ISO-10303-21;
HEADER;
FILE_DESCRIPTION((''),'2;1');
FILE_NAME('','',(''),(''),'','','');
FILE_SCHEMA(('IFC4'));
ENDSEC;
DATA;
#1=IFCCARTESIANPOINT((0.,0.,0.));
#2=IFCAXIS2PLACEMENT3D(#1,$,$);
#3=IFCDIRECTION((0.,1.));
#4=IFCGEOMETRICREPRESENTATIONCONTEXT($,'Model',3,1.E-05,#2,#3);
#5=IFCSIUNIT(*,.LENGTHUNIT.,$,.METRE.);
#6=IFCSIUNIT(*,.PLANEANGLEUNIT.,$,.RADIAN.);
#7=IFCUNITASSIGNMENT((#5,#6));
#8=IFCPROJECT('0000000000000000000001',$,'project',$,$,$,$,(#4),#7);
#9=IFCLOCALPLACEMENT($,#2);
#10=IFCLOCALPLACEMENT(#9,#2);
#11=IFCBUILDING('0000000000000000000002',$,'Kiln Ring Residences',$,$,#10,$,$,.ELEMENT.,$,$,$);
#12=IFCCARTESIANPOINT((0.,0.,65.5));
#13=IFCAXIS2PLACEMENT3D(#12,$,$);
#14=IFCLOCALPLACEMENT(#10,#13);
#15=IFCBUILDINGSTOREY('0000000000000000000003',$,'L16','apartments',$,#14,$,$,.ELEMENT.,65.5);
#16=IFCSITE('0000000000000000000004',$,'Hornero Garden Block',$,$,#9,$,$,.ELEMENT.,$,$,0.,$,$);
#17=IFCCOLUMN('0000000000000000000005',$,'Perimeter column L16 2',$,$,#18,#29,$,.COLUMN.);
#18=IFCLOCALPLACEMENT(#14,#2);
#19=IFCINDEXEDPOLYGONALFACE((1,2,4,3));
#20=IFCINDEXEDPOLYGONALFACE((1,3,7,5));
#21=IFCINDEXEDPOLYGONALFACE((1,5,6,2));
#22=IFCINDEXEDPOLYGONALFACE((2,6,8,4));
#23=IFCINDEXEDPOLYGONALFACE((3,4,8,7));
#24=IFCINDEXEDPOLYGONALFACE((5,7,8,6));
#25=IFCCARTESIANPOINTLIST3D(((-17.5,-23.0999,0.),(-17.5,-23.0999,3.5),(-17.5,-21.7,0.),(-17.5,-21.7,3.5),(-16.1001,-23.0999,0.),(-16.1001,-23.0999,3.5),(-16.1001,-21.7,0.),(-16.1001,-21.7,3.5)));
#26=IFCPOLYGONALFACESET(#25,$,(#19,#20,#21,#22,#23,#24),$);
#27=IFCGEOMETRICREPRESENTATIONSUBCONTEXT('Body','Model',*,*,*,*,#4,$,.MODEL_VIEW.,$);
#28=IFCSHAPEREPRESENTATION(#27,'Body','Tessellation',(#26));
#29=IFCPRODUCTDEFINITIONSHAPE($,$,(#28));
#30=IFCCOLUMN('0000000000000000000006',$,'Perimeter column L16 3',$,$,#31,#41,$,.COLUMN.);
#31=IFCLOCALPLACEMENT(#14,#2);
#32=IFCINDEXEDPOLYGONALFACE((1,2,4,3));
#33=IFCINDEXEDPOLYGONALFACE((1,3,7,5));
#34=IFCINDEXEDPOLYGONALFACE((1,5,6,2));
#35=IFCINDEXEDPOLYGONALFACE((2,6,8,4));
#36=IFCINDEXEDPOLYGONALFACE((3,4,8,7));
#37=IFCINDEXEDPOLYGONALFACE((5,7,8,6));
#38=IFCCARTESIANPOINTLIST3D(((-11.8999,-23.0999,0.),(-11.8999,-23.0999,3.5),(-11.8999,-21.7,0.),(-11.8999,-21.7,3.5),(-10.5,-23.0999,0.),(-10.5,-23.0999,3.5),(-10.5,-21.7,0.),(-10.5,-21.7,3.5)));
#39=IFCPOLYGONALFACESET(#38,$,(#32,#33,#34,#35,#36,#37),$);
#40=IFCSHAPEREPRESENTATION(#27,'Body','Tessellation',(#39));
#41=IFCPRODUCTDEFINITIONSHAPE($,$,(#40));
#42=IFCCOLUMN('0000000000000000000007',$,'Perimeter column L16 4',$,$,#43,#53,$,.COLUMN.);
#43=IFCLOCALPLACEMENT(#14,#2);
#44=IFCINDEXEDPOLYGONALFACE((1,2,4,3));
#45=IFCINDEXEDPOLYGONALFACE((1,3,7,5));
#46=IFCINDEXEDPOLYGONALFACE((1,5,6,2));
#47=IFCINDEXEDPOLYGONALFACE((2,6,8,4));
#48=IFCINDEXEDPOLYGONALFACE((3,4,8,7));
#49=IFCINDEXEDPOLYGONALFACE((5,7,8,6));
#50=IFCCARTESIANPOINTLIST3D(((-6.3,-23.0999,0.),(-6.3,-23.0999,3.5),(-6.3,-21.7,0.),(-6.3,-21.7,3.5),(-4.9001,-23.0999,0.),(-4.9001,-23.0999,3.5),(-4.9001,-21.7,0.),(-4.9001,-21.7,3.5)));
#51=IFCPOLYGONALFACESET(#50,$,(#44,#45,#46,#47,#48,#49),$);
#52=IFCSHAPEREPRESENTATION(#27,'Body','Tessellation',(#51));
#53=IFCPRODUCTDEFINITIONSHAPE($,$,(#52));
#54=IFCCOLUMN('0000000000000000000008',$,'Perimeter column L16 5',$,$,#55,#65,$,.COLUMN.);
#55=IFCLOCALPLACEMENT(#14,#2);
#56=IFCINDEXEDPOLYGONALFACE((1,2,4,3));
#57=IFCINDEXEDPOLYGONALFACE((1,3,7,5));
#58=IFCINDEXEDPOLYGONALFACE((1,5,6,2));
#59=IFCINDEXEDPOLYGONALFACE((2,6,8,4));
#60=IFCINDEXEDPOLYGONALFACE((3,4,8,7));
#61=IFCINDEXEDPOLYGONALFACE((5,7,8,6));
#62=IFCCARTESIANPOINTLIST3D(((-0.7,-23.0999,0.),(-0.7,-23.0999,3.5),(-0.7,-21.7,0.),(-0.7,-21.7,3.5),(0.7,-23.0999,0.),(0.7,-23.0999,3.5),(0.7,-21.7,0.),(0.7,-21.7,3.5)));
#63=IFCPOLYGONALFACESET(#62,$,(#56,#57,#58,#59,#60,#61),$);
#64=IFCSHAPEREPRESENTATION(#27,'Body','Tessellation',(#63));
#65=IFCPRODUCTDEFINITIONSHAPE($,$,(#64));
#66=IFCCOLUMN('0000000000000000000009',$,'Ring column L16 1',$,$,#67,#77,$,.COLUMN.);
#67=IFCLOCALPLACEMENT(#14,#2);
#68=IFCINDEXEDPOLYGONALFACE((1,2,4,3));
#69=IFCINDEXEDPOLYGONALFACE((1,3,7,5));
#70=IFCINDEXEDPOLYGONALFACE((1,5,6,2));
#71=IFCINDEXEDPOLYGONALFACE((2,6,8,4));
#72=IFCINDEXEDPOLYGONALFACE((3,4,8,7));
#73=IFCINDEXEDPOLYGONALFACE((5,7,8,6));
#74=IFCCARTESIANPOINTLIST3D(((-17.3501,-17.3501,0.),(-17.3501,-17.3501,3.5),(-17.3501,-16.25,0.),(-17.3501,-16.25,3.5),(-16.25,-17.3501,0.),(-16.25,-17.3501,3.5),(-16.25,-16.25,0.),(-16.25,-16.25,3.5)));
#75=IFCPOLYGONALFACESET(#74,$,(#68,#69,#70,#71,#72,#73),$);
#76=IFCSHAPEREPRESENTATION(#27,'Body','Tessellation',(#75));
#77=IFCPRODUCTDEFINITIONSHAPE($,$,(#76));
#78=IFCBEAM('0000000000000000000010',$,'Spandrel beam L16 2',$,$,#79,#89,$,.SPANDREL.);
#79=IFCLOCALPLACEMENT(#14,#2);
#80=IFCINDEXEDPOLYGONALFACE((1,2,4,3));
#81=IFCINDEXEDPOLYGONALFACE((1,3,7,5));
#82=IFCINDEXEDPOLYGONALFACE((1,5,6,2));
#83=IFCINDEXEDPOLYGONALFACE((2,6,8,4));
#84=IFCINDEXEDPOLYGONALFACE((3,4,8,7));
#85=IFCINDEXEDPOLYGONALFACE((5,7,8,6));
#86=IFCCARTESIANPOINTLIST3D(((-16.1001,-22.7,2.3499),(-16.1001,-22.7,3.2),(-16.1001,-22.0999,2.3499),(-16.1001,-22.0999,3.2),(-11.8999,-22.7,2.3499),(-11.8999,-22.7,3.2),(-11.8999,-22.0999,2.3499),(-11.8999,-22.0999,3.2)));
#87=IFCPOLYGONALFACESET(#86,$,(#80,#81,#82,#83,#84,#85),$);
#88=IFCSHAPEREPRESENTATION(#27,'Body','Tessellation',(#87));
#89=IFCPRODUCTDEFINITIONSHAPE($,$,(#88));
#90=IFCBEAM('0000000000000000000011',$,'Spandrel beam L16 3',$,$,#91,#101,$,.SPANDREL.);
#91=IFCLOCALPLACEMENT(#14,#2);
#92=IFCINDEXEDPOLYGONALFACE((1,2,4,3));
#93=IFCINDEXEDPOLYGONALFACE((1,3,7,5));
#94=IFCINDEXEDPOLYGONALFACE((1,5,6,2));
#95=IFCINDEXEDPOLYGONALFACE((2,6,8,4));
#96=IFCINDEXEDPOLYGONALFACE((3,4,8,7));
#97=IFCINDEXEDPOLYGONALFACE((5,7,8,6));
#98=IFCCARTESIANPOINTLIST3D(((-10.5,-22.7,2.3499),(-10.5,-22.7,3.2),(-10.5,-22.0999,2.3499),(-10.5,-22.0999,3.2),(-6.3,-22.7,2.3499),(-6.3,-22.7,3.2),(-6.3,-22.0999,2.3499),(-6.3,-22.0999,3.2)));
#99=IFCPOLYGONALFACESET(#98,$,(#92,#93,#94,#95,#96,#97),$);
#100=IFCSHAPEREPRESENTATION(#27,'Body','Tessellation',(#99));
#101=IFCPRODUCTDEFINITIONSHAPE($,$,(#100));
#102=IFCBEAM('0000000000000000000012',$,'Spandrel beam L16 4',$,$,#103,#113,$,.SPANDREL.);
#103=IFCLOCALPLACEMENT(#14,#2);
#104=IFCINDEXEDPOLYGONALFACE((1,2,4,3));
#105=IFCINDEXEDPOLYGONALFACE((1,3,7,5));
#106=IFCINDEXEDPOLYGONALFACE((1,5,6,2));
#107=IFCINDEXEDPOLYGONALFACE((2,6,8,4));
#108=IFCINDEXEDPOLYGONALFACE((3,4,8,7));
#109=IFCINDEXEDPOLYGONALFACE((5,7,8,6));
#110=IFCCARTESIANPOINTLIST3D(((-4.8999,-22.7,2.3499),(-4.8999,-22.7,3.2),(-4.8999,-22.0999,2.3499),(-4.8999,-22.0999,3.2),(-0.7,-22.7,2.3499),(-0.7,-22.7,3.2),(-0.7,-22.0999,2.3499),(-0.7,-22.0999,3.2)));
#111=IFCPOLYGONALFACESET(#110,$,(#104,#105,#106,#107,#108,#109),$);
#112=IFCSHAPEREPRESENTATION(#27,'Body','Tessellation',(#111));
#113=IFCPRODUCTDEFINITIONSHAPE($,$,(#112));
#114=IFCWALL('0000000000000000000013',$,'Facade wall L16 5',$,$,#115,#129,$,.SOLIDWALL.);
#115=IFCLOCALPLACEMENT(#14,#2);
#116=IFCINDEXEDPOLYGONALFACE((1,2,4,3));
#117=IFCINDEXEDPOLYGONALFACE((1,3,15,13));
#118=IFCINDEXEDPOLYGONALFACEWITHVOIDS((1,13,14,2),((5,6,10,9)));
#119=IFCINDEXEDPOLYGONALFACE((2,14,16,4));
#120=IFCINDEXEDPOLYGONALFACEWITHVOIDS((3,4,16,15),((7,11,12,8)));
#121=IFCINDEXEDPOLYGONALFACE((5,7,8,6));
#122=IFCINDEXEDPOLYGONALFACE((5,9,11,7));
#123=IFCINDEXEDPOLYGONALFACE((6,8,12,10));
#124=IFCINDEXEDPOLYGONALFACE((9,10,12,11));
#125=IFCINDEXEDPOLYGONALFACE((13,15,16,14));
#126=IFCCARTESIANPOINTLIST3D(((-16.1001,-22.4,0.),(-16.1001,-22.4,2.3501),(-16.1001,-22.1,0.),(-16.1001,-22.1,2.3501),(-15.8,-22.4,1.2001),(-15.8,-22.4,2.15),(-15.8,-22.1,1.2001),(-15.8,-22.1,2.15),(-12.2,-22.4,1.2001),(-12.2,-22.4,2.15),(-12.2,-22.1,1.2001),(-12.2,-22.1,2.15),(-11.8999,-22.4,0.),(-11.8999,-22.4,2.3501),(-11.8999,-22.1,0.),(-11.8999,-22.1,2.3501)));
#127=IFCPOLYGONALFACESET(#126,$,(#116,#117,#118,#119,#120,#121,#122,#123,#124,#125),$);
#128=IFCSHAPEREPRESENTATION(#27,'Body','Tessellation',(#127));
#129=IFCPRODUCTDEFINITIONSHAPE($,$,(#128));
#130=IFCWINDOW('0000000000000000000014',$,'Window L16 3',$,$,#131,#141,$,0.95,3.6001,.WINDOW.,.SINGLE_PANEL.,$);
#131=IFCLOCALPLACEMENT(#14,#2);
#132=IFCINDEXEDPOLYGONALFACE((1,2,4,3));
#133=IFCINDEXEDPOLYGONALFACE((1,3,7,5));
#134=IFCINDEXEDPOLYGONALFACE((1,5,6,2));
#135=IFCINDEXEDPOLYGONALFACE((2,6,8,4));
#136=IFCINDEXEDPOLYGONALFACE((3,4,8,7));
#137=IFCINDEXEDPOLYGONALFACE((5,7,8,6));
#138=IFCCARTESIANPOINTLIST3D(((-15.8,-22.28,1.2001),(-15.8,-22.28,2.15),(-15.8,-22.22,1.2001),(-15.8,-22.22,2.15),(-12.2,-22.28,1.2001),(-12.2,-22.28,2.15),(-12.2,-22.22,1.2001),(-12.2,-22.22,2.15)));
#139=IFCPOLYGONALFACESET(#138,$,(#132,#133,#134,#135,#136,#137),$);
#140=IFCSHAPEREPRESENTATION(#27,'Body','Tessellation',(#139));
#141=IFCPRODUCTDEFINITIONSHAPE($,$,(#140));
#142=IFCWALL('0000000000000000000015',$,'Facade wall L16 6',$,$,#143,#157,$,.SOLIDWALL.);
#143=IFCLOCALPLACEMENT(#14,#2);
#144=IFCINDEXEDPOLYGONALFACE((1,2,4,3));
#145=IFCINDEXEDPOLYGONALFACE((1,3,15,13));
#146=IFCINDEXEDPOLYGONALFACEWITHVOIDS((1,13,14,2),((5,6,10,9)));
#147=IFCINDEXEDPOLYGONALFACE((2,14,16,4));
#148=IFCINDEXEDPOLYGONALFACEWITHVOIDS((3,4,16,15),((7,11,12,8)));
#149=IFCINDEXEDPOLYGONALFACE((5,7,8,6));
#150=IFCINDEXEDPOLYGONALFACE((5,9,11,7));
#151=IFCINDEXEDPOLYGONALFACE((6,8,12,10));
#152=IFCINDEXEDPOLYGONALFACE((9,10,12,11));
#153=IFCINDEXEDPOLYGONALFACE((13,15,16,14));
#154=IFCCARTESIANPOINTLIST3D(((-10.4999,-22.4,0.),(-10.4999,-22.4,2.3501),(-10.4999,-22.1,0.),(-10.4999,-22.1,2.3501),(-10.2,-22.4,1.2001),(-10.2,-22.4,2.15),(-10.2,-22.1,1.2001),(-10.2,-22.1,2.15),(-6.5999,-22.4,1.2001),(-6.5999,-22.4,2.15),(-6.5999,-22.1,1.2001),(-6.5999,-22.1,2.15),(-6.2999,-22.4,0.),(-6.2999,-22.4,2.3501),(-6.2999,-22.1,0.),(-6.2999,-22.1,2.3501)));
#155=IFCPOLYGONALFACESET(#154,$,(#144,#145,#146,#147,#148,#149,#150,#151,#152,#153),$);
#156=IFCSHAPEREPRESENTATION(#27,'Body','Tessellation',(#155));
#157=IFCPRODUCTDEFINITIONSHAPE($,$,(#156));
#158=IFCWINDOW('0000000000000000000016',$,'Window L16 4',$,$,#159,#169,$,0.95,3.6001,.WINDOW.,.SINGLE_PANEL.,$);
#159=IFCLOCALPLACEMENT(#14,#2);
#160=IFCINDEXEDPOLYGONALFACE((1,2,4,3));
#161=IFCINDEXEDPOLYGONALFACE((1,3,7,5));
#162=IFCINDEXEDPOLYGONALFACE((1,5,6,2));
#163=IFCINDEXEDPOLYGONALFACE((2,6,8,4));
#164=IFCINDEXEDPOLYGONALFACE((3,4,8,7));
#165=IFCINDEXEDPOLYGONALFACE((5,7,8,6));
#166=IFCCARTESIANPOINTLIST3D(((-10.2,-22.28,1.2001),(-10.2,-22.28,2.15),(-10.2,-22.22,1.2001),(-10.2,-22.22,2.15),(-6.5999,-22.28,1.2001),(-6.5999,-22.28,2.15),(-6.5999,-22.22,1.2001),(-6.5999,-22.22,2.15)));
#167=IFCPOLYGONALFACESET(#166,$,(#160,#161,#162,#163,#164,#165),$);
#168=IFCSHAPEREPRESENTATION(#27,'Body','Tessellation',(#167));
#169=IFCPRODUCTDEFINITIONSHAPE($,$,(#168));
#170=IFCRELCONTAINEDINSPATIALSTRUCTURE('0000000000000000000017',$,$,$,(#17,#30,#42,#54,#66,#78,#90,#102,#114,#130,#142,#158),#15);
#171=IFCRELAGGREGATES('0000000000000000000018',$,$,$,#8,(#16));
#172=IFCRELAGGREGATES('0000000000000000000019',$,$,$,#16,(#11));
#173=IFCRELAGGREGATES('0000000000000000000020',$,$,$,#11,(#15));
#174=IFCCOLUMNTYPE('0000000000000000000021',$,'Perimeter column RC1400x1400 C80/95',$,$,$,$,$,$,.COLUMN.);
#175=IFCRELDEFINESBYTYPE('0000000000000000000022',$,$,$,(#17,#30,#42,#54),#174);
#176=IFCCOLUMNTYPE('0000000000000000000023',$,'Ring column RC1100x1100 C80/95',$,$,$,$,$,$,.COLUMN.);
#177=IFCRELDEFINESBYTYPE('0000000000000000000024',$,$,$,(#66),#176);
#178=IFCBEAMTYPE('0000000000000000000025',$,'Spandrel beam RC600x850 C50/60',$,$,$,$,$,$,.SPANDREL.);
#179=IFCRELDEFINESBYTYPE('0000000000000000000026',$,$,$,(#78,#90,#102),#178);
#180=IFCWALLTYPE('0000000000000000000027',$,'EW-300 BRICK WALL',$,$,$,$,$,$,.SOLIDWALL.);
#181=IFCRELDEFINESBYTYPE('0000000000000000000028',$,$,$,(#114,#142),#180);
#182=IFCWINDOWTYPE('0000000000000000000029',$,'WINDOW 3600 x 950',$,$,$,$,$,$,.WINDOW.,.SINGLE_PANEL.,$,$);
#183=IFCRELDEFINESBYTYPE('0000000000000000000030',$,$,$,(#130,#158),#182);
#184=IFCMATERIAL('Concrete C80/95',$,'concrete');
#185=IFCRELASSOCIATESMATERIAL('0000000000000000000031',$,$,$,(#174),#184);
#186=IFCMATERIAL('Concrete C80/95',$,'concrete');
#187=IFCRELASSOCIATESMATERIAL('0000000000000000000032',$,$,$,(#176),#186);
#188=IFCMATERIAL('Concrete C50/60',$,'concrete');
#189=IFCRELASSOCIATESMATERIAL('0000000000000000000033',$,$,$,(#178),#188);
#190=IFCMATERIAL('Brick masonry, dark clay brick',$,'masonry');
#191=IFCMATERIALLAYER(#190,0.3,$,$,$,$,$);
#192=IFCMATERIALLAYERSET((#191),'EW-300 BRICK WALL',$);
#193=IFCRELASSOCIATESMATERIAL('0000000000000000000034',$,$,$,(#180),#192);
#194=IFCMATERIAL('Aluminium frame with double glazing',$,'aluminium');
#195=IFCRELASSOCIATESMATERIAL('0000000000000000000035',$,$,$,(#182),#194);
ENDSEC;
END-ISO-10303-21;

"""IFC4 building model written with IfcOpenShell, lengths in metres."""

from ifc_helpers import new_model, si_unit, direction, frame, frame_2d, origin, origin_2d, place, context, subcontext, project, spatial, rectangle, extrude, material, layer, layer_set, material_profile, profile_set, type_object, element, fill, save


model = new_model("IFC4")

# Units and contexts
model_context = context("Model", 3, precision=1e-05, world=origin(), true_north=direction((0.0, 1.0)))
body_context = subcontext(model_context, "Body", "Model", "MODEL_VIEW")
ifc_project = project(units=[si_unit("LENGTHUNIT", "METRE"), si_unit("PLANEANGLEUNIT", "RADIAN")], contexts=[model_context])

# Site, building, storey
site_placement = place(None, origin())
site = spatial("IfcSite", under=ifc_project, at=site_placement, Name="Hornero Garden Block", CompositionType="ELEMENT", RefElevation=0.0)
building_placement = place(site_placement, origin())
building = spatial("IfcBuilding", under=site, at=building_placement, Name="Kiln Ring Residences", CompositionType="ELEMENT")
storey_placement = place(building_placement, frame((0.0, 0.0, 65.5)))
storey = spatial("IfcBuildingStorey", under=building, at=storey_placement, Name="L16", Description="apartments", CompositionType="ELEMENT", Elevation=65.5)

# Columns
ifc_material_1 = material(Name="Concrete C80/95", Category="concrete")
ifc_material_profile_1 = material_profile(ifc_material_1, rectangle(XDim=1.3999, YDim=1.3999, at=origin_2d()), Name="RC1400x1400")
ifc_profile_set_1 = profile_set([ifc_material_profile_1], Name="Concrete C80/95")
column_type_1 = type_object("IfcColumnType", Name="Perimeter column RC1400x1400 C80/95", PredefinedType="COLUMN", material=ifc_profile_set_1)
for number, where, z_axis, x_axis, name in (
    (1, (-16.8, -22.3999, 0.0), (0.0, 0.0, 1.0), (1.0, 0.0, 0.0), "Perimeter column L16 2"),
    (2, (-11.2, -22.3999, 0.0), (0.0, 0.0, 1.0), (1.0, 0.0, 0.0), "Perimeter column L16 3"),
    (3, (-5.6001, -22.3999, 0.0), (0.0, 0.0, 1.0), (1.0, 0.0, 0.0), "Perimeter column L16 4"),
    (4, (0.0, -22.3999, 0.0), (0.0, 0.0, 1.0), (1.0, 0.0, 0.0), "Perimeter column L16 5"),
):
    element("IfcColumn", number, at=place(storey_placement, frame(where, z_axis=z_axis, x_axis=x_axis)), inside=storey, type_object=column_type_1, Name=name, PredefinedType="COLUMN", context=body_context, shape_type="SweptSolid", body=[
        extrude(rectangle(XDim=1.3999, YDim=1.3999, at=origin_2d()), origin(), (0.0, 0.0, 1.0), 3.5),
    ])
ifc_material_2 = material(Name="Concrete C80/95", Category="concrete")
ifc_material_profile_2 = material_profile(ifc_material_2, rectangle(XDim=1.1001, YDim=1.1001, at=origin_2d()), Name="RC1100x1100")
ifc_profile_set_2 = profile_set([ifc_material_profile_2], Name="Concrete C80/95")
column_type_2 = type_object("IfcColumnType", Name="Ring column RC1100x1100 C80/95", PredefinedType="COLUMN", material=ifc_profile_set_2)
column_placement = place(storey_placement, frame((-16.8, -16.8, 0.0), z_axis=(0.0, 0.0, 1.0), x_axis=(1.0, 0.0, 0.0)))
element("IfcColumn", 5, at=column_placement, inside=storey, type_object=column_type_2, Name="Ring column L16 1", PredefinedType="COLUMN", context=body_context, shape_type="SweptSolid", body=[
    extrude(rectangle(XDim=1.1001, YDim=1.1001, at=origin_2d()), origin(), (0.0, 0.0, 1.0), 3.5),
])

# Beams
ifc_material_3 = material(Name="Concrete C50/60", Category="concrete")
ifc_material_profile_3 = material_profile(ifc_material_3, rectangle(XDim=0.6001, YDim=0.8501, at=origin_2d()), Name="RC600x850")
ifc_profile_set_3 = profile_set([ifc_material_profile_3], Name="Concrete C50/60")
beam_type = type_object("IfcBeamType", Name="Spandrel beam RC600x850 C50/60", PredefinedType="SPANDREL", material=ifc_profile_set_3)
beam_placement = place(storey_placement, frame((-16.1001, -22.3999, 2.7749), z_axis=(1.0, 0.0, 0.0), x_axis=(0.0, 1.0, 0.0)))
element("IfcBeam", 6, at=beam_placement, inside=storey, type_object=beam_type, Name="Spandrel beam L16 2", PredefinedType="SPANDREL", context=body_context, shape_type="SweptSolid", body=[
    extrude(rectangle(XDim=0.6001, YDim=0.8501, at=origin_2d()), origin(), (0.0, 0.0, 1.0), 4.2002),
])
for number, where, z_axis, x_axis, name in (
    (7, (-10.5, -22.3999, 2.7749), (1.0, 0.0, 0.0), (0.0, 1.0, 0.0), "Spandrel beam L16 3"),
    (8, (-4.8999, -22.3999, 2.7749), (1.0, 0.0, 0.0), (0.0, 1.0, 0.0), "Spandrel beam L16 4"),
):
    element("IfcBeam", number, at=place(storey_placement, frame(where, z_axis=z_axis, x_axis=x_axis)), inside=storey, type_object=beam_type, Name=name, PredefinedType="SPANDREL", context=body_context, shape_type="SweptSolid", body=[
        extrude(rectangle(XDim=0.6001, YDim=0.8501, at=origin_2d()), origin(), (0.0, 0.0, 1.0), 4.2),
    ])

# Walls, openings, windows
ifc_material_4 = material(Name="Brick masonry, dark clay brick", Category="masonry")
ifc_layer_1 = layer(ifc_material_4, 0.3)
ifc_layer_set_1 = layer_set([ifc_layer_1], Name="EW-300 BRICK WALL")
wall_type_1 = type_object("IfcWallType", Name="EW-300 BRICK WALL", PredefinedType="SOLIDWALL", material=ifc_layer_set_1)
wall_1_placement = place(storey_placement, frame((-16.1001, -22.25, 0.0), z_axis=(0.0, 0.0, 1.0), x_axis=(1.0, 0.0, 0.0)))
wall_1 = element("IfcWall", 9, at=wall_1_placement, inside=storey, type_object=wall_type_1, Name="Facade wall L16 5", PredefinedType="SOLIDWALL", context=body_context, shape_type="SweptSolid", body=[
    extrude(rectangle(XDim=4.2002, YDim=0.3, at=frame_2d((2.1001, 0.0))), origin(), (0.0, 0.0, 1.0), 2.3501),
])
opening_1_placement = place(wall_1_placement, frame((0.3, 0.0, 1.2)))
opening_1 = element("IfcOpeningElement", 10, at=opening_1_placement, cuts=wall_1, PredefinedType="OPENING", context=body_context, shape_type="SweptSolid", body=[
    extrude(rectangle(XDim=3.6001, YDim=0.95, at=frame_2d((1.8, 0.4751))), frame((0.0, 0.1599, 0.0), z_axis=(0.0, -1.0, 0.0), x_axis=(1.0, 0.0, 0.0)), (0.0, 0.0, 1.0), 0.3201),
])
ifc_material_5 = material(Name="Aluminium frame with double glazing", Category="aluminium")
window_type = type_object("IfcWindowType", Name="WINDOW 3600 x 950", PartitioningType="SINGLE_PANEL", PredefinedType="WINDOW", material=ifc_material_5)
window_1_placement = place(opening_1_placement, origin())
window_1 = element("IfcWindow", 11, at=window_1_placement, inside=storey, type_object=window_type, Name="Window L16 3", OverallHeight=0.95, OverallWidth=3.6001, PartitioningType="SINGLE_PANEL", PredefinedType="WINDOW", context=body_context, shape_type="SweptSolid", body=[
    extrude(rectangle(XDim=3.6001, YDim=0.95, at=frame_2d((1.8, 0.4751))), frame((0.0, 0.03, 0.0), z_axis=(0.0, -1.0, 0.0), x_axis=(1.0, 0.0, 0.0)), (0.0, 0.0, 1.0), 0.0601),
])
fill(opening_1, window_1)
wall_2_placement = place(storey_placement, frame((-10.5, -22.25, 0.0), z_axis=(0.0, 0.0, 1.0), x_axis=(1.0, 0.0, 0.0)))
wall_2 = element("IfcWall", 12, at=wall_2_placement, inside=storey, type_object=wall_type_1, Name="Facade wall L16 6", PredefinedType="SOLIDWALL", context=body_context, shape_type="SweptSolid", body=[
    extrude(rectangle(XDim=4.2, YDim=0.3, at=frame_2d((2.1001, 0.0))), origin(), (0.0, 0.0, 1.0), 2.3501),
])
opening_2_placement = place(wall_2_placement, frame((0.3, 0.0, 1.2)))
opening_2 = element("IfcOpeningElement", 13, at=opening_2_placement, cuts=wall_2, PredefinedType="OPENING", context=body_context, shape_type="SweptSolid", body=[
    extrude(rectangle(XDim=3.6001, YDim=0.95, at=frame_2d((1.8, 0.4751))), frame((0.0, 0.1599, 0.0), z_axis=(0.0, -1.0, 0.0), x_axis=(1.0, 0.0, 0.0)), (0.0, 0.0, 1.0), 0.3201),
])
window_2_placement = place(opening_2_placement, origin())
window_2 = element("IfcWindow", 14, at=window_2_placement, inside=storey, type_object=window_type, Name="Window L16 4", OverallHeight=0.95, OverallWidth=3.6001, PartitioningType="SINGLE_PANEL", PredefinedType="WINDOW", context=body_context, shape_type="SweptSolid", body=[
    extrude(rectangle(XDim=3.6001, YDim=0.95, at=frame_2d((1.8, 0.4751))), frame((0.0, 0.03, 0.0), z_axis=(0.0, -1.0, 0.0), x_axis=(1.0, 0.0, 0.0)), (0.0, 0.0, 1.0), 0.0601),
])
fill(opening_2, window_2)

save(model, "model.ifc")
